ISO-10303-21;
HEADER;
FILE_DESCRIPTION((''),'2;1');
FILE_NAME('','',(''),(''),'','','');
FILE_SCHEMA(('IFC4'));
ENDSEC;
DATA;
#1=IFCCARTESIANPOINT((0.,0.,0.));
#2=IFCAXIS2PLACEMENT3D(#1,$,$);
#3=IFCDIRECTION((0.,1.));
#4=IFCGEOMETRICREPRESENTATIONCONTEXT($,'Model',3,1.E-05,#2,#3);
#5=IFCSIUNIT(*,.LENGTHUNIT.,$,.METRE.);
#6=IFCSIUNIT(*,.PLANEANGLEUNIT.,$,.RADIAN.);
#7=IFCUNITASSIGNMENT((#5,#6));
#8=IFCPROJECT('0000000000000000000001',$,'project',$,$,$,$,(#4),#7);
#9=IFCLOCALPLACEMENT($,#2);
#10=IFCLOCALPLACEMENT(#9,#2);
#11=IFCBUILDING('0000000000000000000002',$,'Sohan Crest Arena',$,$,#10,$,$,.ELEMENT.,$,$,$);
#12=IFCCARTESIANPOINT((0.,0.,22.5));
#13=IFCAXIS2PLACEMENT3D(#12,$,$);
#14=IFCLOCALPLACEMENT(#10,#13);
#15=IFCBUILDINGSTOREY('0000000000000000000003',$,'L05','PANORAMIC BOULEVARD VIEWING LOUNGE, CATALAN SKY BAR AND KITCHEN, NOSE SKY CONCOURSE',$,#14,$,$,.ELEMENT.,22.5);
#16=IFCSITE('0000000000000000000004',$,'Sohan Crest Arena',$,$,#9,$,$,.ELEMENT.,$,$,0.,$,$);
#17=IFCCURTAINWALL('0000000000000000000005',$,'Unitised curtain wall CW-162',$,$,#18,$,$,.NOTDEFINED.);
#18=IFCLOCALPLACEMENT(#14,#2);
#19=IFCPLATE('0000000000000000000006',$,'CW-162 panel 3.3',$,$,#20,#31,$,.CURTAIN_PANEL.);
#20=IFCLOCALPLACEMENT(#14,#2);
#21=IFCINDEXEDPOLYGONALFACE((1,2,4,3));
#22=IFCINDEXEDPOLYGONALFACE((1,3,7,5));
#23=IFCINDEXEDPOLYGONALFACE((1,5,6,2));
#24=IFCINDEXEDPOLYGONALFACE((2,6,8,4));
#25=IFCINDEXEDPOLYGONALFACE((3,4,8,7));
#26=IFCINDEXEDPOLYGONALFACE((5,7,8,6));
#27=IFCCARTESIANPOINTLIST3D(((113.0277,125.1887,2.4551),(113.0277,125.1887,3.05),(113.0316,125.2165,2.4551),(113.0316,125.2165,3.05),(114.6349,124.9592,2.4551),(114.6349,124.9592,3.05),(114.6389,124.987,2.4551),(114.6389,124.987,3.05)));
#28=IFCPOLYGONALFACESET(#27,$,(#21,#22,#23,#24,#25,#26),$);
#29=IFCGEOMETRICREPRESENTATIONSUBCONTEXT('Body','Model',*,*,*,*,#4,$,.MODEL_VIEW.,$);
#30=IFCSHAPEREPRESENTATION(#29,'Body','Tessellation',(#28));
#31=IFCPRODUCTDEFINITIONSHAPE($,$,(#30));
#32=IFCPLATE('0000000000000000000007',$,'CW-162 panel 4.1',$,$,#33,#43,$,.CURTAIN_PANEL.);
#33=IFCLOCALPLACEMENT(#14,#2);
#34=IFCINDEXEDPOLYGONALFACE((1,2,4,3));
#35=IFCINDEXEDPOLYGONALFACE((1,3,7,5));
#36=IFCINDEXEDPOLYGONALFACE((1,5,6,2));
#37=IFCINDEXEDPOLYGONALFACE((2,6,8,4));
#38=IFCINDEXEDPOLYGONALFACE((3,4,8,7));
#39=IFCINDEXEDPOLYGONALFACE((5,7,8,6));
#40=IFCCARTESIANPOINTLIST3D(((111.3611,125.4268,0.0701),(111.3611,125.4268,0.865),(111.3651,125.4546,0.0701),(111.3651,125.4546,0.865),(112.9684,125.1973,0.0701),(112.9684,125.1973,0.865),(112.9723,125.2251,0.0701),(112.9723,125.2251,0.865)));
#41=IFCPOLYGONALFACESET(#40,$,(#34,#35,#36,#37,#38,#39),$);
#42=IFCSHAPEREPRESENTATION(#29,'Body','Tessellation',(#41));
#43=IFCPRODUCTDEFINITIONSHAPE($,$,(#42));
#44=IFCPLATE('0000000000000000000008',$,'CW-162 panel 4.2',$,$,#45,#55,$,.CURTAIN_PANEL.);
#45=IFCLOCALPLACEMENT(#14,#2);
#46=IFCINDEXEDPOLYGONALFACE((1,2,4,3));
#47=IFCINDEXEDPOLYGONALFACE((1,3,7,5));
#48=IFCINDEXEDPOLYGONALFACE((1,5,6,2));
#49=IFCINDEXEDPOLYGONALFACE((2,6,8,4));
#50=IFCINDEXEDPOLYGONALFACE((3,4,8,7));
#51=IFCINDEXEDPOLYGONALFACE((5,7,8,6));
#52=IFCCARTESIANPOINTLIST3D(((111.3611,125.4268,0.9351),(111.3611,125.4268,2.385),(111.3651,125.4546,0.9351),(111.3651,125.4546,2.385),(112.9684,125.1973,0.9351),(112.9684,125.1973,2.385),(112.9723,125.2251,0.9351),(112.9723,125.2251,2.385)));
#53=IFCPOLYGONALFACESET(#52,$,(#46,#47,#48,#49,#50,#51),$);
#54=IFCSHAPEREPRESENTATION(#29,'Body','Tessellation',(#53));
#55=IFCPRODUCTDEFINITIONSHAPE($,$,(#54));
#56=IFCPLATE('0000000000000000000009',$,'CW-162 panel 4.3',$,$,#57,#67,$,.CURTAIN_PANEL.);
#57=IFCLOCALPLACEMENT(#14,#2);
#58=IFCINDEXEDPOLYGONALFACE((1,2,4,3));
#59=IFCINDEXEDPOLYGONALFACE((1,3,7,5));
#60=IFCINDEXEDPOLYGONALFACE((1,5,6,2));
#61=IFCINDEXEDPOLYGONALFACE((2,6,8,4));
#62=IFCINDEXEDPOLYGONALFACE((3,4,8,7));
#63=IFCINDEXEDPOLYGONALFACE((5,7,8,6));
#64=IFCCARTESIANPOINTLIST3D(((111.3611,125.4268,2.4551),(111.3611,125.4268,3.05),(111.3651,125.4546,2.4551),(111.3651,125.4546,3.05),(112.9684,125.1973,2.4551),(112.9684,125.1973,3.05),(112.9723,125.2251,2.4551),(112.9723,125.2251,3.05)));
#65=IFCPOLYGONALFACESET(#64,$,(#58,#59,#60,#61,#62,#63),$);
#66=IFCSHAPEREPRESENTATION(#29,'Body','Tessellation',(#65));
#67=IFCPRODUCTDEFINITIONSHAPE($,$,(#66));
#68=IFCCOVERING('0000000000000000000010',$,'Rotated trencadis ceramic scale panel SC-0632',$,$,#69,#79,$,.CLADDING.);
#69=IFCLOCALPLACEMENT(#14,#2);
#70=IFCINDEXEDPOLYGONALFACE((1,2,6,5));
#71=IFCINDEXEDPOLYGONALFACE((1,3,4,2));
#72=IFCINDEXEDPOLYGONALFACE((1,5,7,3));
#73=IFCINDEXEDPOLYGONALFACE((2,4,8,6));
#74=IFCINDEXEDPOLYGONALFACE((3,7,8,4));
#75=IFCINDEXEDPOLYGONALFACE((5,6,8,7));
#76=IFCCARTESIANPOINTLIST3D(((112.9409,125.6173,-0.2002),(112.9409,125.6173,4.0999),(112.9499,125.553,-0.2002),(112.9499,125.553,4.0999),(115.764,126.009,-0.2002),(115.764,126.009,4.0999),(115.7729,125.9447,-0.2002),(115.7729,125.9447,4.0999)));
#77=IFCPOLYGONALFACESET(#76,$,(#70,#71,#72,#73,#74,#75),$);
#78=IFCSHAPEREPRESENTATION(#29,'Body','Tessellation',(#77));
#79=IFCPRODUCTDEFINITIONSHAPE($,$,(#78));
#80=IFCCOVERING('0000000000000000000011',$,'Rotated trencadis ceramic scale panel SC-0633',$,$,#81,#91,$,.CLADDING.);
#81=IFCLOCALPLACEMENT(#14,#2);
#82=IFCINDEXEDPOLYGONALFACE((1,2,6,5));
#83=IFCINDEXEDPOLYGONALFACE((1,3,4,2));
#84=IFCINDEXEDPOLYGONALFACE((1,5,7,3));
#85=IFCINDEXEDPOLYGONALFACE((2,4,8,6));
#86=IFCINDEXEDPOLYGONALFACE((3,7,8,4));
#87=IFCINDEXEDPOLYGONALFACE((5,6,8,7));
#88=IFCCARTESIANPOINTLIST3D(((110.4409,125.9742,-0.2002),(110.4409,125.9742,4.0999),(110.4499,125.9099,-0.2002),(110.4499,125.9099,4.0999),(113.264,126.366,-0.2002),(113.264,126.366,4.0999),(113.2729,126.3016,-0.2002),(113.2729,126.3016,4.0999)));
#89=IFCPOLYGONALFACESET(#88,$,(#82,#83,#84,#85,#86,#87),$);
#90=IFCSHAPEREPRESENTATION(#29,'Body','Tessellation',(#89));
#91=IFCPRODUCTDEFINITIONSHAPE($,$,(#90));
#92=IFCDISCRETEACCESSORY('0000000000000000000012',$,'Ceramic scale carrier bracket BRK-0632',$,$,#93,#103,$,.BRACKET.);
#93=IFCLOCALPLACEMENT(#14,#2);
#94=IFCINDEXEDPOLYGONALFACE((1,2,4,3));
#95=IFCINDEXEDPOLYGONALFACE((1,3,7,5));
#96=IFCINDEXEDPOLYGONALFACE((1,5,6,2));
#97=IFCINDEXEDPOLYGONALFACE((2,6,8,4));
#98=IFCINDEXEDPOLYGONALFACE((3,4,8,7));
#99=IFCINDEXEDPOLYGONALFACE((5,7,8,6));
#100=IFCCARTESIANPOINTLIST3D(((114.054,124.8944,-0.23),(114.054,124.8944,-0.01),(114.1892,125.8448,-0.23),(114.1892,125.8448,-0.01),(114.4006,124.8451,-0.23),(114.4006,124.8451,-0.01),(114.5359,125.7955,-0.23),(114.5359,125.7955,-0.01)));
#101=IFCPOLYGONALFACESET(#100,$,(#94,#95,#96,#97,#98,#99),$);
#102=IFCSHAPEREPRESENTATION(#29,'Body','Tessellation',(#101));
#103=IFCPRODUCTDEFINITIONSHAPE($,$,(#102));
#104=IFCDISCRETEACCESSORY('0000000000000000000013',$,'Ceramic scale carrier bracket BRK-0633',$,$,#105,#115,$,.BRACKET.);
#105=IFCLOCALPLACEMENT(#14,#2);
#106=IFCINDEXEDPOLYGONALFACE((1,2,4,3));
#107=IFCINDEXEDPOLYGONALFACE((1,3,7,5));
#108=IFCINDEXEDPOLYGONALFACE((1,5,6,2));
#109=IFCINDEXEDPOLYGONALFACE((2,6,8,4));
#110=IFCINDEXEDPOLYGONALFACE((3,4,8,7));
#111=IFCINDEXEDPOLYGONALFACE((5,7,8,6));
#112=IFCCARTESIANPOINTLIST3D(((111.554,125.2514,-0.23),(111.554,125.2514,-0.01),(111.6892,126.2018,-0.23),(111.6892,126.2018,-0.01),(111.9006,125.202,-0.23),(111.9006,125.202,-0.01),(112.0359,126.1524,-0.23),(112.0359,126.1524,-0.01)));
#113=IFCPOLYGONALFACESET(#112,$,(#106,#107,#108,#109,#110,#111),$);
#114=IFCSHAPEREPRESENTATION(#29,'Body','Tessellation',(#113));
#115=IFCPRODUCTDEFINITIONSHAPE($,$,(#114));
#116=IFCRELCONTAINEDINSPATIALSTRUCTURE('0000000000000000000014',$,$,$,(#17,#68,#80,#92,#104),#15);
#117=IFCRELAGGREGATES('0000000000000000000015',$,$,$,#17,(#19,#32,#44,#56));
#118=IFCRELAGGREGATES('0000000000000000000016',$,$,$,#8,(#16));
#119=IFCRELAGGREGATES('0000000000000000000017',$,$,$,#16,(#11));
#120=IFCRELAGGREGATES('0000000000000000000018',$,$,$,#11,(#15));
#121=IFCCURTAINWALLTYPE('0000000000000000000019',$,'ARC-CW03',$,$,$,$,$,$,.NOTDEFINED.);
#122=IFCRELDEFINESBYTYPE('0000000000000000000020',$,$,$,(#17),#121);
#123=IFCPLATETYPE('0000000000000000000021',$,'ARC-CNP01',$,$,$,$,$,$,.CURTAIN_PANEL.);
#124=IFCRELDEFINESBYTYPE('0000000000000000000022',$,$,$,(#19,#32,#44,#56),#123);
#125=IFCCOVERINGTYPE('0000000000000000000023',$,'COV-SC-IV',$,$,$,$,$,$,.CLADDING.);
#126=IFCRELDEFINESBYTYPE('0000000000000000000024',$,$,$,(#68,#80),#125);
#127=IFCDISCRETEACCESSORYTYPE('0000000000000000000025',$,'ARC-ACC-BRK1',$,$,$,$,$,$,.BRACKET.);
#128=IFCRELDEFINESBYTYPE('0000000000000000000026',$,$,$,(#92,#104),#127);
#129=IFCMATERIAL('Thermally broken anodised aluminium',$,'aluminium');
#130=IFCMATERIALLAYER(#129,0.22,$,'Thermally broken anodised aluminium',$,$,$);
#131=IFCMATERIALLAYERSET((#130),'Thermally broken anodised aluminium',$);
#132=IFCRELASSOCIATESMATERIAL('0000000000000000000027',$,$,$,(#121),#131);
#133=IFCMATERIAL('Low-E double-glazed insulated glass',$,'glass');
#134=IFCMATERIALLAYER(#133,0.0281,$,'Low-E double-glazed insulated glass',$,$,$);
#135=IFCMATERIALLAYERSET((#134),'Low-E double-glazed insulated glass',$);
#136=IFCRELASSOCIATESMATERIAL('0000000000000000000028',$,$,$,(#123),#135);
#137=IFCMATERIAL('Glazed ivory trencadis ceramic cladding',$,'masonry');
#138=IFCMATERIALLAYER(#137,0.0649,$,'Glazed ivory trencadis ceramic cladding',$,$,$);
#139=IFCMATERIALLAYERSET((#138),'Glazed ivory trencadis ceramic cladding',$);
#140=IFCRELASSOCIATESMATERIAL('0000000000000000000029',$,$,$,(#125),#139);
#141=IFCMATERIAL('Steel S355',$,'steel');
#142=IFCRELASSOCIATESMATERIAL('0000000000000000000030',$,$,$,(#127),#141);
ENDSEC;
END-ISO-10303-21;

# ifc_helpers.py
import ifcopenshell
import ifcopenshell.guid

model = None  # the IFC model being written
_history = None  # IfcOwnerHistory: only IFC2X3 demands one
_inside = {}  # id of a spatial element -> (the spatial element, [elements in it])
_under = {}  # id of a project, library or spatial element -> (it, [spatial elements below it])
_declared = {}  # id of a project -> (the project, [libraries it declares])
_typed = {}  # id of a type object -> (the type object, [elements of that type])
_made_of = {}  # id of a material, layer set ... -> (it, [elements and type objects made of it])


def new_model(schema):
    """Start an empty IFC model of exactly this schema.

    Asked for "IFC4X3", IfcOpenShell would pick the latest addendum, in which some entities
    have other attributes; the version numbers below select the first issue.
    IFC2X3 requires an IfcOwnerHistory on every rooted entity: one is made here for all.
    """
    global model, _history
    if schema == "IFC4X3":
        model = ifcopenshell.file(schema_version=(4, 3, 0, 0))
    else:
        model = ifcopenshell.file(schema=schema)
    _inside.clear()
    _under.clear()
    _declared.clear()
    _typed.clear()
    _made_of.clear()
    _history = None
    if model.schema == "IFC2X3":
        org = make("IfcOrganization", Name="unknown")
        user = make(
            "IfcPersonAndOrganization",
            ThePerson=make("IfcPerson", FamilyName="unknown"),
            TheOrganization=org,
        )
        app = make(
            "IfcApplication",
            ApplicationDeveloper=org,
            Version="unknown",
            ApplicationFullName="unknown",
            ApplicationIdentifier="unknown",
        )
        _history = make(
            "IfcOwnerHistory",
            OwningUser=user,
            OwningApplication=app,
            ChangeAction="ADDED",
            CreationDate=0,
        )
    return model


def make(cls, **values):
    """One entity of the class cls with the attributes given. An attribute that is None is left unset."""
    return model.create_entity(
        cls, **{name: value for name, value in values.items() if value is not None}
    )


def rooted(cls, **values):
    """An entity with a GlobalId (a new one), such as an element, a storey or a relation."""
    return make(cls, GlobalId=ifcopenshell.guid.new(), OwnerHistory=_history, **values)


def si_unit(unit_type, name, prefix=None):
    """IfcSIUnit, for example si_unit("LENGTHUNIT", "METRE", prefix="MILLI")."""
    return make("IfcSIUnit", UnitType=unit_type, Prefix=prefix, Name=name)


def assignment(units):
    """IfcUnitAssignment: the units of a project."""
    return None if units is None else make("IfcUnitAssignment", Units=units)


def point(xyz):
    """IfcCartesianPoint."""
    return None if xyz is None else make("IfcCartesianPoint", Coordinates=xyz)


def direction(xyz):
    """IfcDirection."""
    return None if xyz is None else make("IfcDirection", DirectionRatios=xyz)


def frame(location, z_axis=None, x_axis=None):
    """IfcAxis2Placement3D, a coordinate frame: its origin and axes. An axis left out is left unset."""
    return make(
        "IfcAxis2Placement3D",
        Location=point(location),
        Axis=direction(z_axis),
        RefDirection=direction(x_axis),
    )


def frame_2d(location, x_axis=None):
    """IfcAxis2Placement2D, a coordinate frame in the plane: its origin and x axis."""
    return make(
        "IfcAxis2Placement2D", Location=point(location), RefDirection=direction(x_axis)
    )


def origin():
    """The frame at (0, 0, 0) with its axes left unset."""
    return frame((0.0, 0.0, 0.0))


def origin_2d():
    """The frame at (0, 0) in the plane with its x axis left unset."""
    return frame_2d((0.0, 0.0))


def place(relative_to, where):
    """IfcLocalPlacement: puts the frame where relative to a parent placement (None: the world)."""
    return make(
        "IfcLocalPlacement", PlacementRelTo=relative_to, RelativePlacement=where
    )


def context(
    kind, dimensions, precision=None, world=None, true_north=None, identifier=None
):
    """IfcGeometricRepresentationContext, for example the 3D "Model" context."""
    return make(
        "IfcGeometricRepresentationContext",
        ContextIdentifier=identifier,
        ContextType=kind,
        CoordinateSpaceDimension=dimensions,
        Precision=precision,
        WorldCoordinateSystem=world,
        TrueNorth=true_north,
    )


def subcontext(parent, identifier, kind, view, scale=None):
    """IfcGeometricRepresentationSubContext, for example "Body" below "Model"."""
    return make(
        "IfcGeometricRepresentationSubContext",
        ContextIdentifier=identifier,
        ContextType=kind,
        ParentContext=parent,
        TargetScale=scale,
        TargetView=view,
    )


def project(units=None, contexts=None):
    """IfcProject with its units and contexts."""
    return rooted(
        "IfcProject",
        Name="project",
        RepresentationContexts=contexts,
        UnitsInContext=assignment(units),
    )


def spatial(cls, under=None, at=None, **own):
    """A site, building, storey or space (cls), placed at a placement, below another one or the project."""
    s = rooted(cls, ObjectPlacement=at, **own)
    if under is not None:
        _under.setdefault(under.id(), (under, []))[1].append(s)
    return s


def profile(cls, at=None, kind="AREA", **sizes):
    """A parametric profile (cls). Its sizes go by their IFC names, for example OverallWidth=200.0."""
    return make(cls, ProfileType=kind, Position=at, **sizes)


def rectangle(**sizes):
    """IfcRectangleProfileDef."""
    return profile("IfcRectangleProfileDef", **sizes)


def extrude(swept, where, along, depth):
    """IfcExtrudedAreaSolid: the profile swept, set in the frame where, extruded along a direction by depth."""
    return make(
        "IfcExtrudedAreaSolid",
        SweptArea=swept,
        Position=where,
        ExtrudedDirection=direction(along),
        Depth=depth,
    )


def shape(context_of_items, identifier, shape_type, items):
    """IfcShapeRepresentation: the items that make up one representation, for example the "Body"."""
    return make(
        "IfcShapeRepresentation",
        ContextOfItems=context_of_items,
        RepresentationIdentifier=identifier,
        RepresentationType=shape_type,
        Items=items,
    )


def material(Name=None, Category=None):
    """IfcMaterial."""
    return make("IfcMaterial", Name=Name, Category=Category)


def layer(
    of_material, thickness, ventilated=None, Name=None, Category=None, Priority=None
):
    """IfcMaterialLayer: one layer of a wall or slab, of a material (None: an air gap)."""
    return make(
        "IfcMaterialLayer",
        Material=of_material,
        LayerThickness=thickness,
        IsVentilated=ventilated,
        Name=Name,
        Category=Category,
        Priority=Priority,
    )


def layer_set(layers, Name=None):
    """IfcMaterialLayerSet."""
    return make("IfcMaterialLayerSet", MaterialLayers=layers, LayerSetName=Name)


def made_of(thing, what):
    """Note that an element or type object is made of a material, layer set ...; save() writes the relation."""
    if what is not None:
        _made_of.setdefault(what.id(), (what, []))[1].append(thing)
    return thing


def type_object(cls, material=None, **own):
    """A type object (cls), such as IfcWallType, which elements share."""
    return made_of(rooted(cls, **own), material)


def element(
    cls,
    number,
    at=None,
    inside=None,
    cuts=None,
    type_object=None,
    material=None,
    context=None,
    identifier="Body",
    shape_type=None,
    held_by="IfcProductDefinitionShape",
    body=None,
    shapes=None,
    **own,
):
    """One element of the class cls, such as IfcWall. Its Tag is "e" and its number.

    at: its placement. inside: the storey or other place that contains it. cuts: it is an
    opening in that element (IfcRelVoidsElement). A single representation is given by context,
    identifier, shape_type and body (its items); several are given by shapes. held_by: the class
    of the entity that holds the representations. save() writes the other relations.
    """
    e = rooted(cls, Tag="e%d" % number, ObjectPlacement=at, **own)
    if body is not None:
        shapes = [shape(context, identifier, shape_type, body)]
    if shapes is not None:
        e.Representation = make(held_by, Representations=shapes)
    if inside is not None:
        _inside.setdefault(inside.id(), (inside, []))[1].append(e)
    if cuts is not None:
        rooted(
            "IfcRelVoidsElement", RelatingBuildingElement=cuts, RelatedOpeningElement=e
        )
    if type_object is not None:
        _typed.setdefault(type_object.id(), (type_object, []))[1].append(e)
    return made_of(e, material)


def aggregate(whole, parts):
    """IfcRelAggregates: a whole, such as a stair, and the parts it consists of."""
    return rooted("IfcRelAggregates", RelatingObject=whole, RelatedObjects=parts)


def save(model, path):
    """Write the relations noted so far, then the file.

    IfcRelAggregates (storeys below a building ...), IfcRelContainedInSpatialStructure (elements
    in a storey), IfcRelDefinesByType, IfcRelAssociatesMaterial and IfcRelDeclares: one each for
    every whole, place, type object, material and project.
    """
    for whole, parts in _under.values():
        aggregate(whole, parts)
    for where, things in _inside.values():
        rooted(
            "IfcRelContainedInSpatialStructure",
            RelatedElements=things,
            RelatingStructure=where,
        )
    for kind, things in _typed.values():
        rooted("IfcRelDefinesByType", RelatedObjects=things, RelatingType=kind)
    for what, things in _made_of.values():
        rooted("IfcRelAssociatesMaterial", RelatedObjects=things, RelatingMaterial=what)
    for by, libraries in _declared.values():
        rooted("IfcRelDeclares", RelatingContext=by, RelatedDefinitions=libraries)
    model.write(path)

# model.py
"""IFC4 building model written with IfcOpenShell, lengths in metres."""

from ifc_helpers import new_model, si_unit, direction, frame, origin, origin_2d, place, context, subcontext, project, spatial, rectangle, extrude, material, layer, layer_set, type_object, element, aggregate, save


model = new_model("IFC4")

# Units and contexts
model_context = context("Model", 3, precision=1e-05, world=origin(), true_north=direction((0.0, 1.0)))
body_context = subcontext(model_context, "Body", "Model", "MODEL_VIEW")
ifc_project = project(units=[si_unit("LENGTHUNIT", "METRE"), si_unit("PLANEANGLEUNIT", "RADIAN")], contexts=[model_context])

# Site, building, storey
site_placement = place(None, origin())
site = spatial("IfcSite", under=ifc_project, at=site_placement, Name="Sohan Crest Arena", CompositionType="ELEMENT", RefElevation=0.0)
building_placement = place(site_placement, origin())
building = spatial("IfcBuilding", under=site, at=building_placement, Name="Sohan Crest Arena", CompositionType="ELEMENT")
storey_placement = place(building_placement, frame((0.0, 0.0, 22.5)))
storey = spatial("IfcBuildingStorey", under=building, at=storey_placement, Name="L05", Description="PANORAMIC BOULEVARD VIEWING LOUNGE, CATALAN SKY BAR AND KITCHEN, NOSE SKY CONCOURSE", CompositionType="ELEMENT", Elevation=22.5)

# Curtain wall, plates
ifc_material_1 = material(Name="Thermally broken anodised aluminium", Category="aluminium")
ifc_layer_1 = layer(ifc_material_1, 0.22, Name="Thermally broken anodised aluminium")
ifc_layer_set_1 = layer_set([ifc_layer_1], Name="Thermally broken anodised aluminium")
curtain_wall_type = type_object("IfcCurtainWallType", Name="ARC-CW03", PredefinedType="NOTDEFINED", material=ifc_layer_set_1)
curtain_wall_placement = place(storey_placement, origin())
curtain_wall = element("IfcCurtainWall", 1, at=curtain_wall_placement, inside=storey, type_object=curtain_wall_type, Name="Unitised curtain wall CW-162", PredefinedType="NOTDEFINED")
ifc_material_2 = material(Name="Low-E double-glazed insulated glass", Category="glass")
ifc_layer_2 = layer(ifc_material_2, 0.0281, Name="Low-E double-glazed insulated glass")
ifc_layer_set_2 = layer_set([ifc_layer_2], Name="Low-E double-glazed insulated glass")
plate_type = type_object("IfcPlateType", Name="ARC-CNP01", PredefinedType="CURTAIN_PANEL", material=ifc_layer_set_2)
plate_1_placement = place(storey_placement, frame((113.8333, 125.0879, 2.4551), z_axis=(0.0, 0.0, 1.0), x_axis=(-0.989957, 0.141366, 0.0)))
plate_1 = element("IfcPlate", 2, at=plate_1_placement, type_object=plate_type, Name="CW-162 panel 3.3", PredefinedType="CURTAIN_PANEL", context=body_context, shape_type="SweptSolid", body=[
    extrude(rectangle(XDim=1.6235, YDim=0.0281, at=origin_2d()), origin(), (0.0, 0.0, 1.0), 0.595),
])
plate_2_placement = place(storey_placement, frame((112.1667, 125.3259, 0.0701), z_axis=(0.0, 0.0, 1.0), x_axis=(-0.989957, 0.141366, 0.0)))
plate_2 = element("IfcPlate", 3, at=plate_2_placement, type_object=plate_type, Name="CW-162 panel 4.1", PredefinedType="CURTAIN_PANEL", context=body_context, shape_type="SweptSolid", body=[
    extrude(rectangle(XDim=1.6235, YDim=0.0281, at=origin_2d()), origin(), (0.0, 0.0, 1.0), 0.7949),
])
plate_3_placement = place(storey_placement, frame((112.1667, 125.3259, 0.9351), z_axis=(0.0, 0.0, 1.0), x_axis=(-0.989957, 0.141366, 0.0)))
plate_3 = element("IfcPlate", 4, at=plate_3_placement, type_object=plate_type, Name="CW-162 panel 4.2", PredefinedType="CURTAIN_PANEL", context=body_context, shape_type="SweptSolid", body=[
    extrude(rectangle(XDim=1.6235, YDim=0.0281, at=origin_2d()), origin(), (0.0, 0.0, 1.0), 1.45),
])
plate_4_placement = place(storey_placement, frame((112.1667, 125.3259, 2.4551), z_axis=(0.0, 0.0, 1.0), x_axis=(-0.989957, 0.141366, 0.0)))
plate_4 = element("IfcPlate", 5, at=plate_4_placement, type_object=plate_type, Name="CW-162 panel 4.3", PredefinedType="CURTAIN_PANEL", context=body_context, shape_type="SweptSolid", body=[
    extrude(rectangle(XDim=1.6235, YDim=0.0281, at=origin_2d()), origin(), (0.0, 0.0, 1.0), 0.595),
])
aggregate(curtain_wall, [plate_1, plate_2, plate_3, plate_4])

# Coverings
ifc_material_3 = material(Name="Glazed ivory trencadis ceramic cladding", Category="masonry")
ifc_layer_3 = layer(ifc_material_3, 0.0649, Name="Glazed ivory trencadis ceramic cladding")
ifc_layer_set_3 = layer_set([ifc_layer_3], Name="Glazed ivory trencadis ceramic cladding")
covering_type = type_object("IfcCoveringType", Name="COV-SC-IV", PredefinedType="CLADDING", material=ifc_layer_set_3)
for number, where, z_axis, x_axis, name in (
    (6, (114.3569, 125.781, -0.2002), (0.0, 0.0, 1.0), (-0.990509, -0.137445, 0.0), "Rotated trencadis ceramic scale panel SC-0632"),
    (7, (111.8569, 126.1379, -0.2002), (0.0, 0.0, 1.0), (-0.990509, -0.137445, 0.0), "Rotated trencadis ceramic scale panel SC-0633"),
):
    element("IfcCovering", number, at=place(storey_placement, frame(where, z_axis=z_axis, x_axis=x_axis)), inside=storey, type_object=covering_type, Name=name, PredefinedType="CLADDING", context=body_context, shape_type="SweptSolid", body=[
        extrude(rectangle(XDim=2.8501, YDim=0.0649, at=origin_2d()), origin(), (0.0, 0.0, 1.0), 4.3),
    ])

# Discrete accessories
ifc_material_4 = material(Name="Steel S355", Category="steel")
discrete_accessory_type = type_object("IfcDiscreteAccessoryType", Name="ARC-ACC-BRK1", PredefinedType="BRACKET", material=ifc_material_4)
for number, where, z_axis, x_axis, name in (
    (8, (114.2949, 125.345, -0.23), (0.0, 0.0, 1.0), (-0.990024, 0.140901, 0.0), "Ceramic scale carrier bracket BRK-0632"),
    (9, (111.7949, 125.7019, -0.23), (0.0, 0.0, 1.0), (-0.990024, 0.140901, 0.0), "Ceramic scale carrier bracket BRK-0633"),
):
    element("IfcDiscreteAccessory", number, at=place(storey_placement, frame(where, z_axis=z_axis, x_axis=x_axis)), inside=storey, type_object=discrete_accessory_type, Name=name, PredefinedType="BRACKET", context=body_context, shape_type="SweptSolid", body=[
        extrude(rectangle(XDim=0.3501, YDim=0.96, at=origin_2d()), origin(), (0.0, 0.0, 1.0), 0.22),
    ])

save(model, "model.ifc")
